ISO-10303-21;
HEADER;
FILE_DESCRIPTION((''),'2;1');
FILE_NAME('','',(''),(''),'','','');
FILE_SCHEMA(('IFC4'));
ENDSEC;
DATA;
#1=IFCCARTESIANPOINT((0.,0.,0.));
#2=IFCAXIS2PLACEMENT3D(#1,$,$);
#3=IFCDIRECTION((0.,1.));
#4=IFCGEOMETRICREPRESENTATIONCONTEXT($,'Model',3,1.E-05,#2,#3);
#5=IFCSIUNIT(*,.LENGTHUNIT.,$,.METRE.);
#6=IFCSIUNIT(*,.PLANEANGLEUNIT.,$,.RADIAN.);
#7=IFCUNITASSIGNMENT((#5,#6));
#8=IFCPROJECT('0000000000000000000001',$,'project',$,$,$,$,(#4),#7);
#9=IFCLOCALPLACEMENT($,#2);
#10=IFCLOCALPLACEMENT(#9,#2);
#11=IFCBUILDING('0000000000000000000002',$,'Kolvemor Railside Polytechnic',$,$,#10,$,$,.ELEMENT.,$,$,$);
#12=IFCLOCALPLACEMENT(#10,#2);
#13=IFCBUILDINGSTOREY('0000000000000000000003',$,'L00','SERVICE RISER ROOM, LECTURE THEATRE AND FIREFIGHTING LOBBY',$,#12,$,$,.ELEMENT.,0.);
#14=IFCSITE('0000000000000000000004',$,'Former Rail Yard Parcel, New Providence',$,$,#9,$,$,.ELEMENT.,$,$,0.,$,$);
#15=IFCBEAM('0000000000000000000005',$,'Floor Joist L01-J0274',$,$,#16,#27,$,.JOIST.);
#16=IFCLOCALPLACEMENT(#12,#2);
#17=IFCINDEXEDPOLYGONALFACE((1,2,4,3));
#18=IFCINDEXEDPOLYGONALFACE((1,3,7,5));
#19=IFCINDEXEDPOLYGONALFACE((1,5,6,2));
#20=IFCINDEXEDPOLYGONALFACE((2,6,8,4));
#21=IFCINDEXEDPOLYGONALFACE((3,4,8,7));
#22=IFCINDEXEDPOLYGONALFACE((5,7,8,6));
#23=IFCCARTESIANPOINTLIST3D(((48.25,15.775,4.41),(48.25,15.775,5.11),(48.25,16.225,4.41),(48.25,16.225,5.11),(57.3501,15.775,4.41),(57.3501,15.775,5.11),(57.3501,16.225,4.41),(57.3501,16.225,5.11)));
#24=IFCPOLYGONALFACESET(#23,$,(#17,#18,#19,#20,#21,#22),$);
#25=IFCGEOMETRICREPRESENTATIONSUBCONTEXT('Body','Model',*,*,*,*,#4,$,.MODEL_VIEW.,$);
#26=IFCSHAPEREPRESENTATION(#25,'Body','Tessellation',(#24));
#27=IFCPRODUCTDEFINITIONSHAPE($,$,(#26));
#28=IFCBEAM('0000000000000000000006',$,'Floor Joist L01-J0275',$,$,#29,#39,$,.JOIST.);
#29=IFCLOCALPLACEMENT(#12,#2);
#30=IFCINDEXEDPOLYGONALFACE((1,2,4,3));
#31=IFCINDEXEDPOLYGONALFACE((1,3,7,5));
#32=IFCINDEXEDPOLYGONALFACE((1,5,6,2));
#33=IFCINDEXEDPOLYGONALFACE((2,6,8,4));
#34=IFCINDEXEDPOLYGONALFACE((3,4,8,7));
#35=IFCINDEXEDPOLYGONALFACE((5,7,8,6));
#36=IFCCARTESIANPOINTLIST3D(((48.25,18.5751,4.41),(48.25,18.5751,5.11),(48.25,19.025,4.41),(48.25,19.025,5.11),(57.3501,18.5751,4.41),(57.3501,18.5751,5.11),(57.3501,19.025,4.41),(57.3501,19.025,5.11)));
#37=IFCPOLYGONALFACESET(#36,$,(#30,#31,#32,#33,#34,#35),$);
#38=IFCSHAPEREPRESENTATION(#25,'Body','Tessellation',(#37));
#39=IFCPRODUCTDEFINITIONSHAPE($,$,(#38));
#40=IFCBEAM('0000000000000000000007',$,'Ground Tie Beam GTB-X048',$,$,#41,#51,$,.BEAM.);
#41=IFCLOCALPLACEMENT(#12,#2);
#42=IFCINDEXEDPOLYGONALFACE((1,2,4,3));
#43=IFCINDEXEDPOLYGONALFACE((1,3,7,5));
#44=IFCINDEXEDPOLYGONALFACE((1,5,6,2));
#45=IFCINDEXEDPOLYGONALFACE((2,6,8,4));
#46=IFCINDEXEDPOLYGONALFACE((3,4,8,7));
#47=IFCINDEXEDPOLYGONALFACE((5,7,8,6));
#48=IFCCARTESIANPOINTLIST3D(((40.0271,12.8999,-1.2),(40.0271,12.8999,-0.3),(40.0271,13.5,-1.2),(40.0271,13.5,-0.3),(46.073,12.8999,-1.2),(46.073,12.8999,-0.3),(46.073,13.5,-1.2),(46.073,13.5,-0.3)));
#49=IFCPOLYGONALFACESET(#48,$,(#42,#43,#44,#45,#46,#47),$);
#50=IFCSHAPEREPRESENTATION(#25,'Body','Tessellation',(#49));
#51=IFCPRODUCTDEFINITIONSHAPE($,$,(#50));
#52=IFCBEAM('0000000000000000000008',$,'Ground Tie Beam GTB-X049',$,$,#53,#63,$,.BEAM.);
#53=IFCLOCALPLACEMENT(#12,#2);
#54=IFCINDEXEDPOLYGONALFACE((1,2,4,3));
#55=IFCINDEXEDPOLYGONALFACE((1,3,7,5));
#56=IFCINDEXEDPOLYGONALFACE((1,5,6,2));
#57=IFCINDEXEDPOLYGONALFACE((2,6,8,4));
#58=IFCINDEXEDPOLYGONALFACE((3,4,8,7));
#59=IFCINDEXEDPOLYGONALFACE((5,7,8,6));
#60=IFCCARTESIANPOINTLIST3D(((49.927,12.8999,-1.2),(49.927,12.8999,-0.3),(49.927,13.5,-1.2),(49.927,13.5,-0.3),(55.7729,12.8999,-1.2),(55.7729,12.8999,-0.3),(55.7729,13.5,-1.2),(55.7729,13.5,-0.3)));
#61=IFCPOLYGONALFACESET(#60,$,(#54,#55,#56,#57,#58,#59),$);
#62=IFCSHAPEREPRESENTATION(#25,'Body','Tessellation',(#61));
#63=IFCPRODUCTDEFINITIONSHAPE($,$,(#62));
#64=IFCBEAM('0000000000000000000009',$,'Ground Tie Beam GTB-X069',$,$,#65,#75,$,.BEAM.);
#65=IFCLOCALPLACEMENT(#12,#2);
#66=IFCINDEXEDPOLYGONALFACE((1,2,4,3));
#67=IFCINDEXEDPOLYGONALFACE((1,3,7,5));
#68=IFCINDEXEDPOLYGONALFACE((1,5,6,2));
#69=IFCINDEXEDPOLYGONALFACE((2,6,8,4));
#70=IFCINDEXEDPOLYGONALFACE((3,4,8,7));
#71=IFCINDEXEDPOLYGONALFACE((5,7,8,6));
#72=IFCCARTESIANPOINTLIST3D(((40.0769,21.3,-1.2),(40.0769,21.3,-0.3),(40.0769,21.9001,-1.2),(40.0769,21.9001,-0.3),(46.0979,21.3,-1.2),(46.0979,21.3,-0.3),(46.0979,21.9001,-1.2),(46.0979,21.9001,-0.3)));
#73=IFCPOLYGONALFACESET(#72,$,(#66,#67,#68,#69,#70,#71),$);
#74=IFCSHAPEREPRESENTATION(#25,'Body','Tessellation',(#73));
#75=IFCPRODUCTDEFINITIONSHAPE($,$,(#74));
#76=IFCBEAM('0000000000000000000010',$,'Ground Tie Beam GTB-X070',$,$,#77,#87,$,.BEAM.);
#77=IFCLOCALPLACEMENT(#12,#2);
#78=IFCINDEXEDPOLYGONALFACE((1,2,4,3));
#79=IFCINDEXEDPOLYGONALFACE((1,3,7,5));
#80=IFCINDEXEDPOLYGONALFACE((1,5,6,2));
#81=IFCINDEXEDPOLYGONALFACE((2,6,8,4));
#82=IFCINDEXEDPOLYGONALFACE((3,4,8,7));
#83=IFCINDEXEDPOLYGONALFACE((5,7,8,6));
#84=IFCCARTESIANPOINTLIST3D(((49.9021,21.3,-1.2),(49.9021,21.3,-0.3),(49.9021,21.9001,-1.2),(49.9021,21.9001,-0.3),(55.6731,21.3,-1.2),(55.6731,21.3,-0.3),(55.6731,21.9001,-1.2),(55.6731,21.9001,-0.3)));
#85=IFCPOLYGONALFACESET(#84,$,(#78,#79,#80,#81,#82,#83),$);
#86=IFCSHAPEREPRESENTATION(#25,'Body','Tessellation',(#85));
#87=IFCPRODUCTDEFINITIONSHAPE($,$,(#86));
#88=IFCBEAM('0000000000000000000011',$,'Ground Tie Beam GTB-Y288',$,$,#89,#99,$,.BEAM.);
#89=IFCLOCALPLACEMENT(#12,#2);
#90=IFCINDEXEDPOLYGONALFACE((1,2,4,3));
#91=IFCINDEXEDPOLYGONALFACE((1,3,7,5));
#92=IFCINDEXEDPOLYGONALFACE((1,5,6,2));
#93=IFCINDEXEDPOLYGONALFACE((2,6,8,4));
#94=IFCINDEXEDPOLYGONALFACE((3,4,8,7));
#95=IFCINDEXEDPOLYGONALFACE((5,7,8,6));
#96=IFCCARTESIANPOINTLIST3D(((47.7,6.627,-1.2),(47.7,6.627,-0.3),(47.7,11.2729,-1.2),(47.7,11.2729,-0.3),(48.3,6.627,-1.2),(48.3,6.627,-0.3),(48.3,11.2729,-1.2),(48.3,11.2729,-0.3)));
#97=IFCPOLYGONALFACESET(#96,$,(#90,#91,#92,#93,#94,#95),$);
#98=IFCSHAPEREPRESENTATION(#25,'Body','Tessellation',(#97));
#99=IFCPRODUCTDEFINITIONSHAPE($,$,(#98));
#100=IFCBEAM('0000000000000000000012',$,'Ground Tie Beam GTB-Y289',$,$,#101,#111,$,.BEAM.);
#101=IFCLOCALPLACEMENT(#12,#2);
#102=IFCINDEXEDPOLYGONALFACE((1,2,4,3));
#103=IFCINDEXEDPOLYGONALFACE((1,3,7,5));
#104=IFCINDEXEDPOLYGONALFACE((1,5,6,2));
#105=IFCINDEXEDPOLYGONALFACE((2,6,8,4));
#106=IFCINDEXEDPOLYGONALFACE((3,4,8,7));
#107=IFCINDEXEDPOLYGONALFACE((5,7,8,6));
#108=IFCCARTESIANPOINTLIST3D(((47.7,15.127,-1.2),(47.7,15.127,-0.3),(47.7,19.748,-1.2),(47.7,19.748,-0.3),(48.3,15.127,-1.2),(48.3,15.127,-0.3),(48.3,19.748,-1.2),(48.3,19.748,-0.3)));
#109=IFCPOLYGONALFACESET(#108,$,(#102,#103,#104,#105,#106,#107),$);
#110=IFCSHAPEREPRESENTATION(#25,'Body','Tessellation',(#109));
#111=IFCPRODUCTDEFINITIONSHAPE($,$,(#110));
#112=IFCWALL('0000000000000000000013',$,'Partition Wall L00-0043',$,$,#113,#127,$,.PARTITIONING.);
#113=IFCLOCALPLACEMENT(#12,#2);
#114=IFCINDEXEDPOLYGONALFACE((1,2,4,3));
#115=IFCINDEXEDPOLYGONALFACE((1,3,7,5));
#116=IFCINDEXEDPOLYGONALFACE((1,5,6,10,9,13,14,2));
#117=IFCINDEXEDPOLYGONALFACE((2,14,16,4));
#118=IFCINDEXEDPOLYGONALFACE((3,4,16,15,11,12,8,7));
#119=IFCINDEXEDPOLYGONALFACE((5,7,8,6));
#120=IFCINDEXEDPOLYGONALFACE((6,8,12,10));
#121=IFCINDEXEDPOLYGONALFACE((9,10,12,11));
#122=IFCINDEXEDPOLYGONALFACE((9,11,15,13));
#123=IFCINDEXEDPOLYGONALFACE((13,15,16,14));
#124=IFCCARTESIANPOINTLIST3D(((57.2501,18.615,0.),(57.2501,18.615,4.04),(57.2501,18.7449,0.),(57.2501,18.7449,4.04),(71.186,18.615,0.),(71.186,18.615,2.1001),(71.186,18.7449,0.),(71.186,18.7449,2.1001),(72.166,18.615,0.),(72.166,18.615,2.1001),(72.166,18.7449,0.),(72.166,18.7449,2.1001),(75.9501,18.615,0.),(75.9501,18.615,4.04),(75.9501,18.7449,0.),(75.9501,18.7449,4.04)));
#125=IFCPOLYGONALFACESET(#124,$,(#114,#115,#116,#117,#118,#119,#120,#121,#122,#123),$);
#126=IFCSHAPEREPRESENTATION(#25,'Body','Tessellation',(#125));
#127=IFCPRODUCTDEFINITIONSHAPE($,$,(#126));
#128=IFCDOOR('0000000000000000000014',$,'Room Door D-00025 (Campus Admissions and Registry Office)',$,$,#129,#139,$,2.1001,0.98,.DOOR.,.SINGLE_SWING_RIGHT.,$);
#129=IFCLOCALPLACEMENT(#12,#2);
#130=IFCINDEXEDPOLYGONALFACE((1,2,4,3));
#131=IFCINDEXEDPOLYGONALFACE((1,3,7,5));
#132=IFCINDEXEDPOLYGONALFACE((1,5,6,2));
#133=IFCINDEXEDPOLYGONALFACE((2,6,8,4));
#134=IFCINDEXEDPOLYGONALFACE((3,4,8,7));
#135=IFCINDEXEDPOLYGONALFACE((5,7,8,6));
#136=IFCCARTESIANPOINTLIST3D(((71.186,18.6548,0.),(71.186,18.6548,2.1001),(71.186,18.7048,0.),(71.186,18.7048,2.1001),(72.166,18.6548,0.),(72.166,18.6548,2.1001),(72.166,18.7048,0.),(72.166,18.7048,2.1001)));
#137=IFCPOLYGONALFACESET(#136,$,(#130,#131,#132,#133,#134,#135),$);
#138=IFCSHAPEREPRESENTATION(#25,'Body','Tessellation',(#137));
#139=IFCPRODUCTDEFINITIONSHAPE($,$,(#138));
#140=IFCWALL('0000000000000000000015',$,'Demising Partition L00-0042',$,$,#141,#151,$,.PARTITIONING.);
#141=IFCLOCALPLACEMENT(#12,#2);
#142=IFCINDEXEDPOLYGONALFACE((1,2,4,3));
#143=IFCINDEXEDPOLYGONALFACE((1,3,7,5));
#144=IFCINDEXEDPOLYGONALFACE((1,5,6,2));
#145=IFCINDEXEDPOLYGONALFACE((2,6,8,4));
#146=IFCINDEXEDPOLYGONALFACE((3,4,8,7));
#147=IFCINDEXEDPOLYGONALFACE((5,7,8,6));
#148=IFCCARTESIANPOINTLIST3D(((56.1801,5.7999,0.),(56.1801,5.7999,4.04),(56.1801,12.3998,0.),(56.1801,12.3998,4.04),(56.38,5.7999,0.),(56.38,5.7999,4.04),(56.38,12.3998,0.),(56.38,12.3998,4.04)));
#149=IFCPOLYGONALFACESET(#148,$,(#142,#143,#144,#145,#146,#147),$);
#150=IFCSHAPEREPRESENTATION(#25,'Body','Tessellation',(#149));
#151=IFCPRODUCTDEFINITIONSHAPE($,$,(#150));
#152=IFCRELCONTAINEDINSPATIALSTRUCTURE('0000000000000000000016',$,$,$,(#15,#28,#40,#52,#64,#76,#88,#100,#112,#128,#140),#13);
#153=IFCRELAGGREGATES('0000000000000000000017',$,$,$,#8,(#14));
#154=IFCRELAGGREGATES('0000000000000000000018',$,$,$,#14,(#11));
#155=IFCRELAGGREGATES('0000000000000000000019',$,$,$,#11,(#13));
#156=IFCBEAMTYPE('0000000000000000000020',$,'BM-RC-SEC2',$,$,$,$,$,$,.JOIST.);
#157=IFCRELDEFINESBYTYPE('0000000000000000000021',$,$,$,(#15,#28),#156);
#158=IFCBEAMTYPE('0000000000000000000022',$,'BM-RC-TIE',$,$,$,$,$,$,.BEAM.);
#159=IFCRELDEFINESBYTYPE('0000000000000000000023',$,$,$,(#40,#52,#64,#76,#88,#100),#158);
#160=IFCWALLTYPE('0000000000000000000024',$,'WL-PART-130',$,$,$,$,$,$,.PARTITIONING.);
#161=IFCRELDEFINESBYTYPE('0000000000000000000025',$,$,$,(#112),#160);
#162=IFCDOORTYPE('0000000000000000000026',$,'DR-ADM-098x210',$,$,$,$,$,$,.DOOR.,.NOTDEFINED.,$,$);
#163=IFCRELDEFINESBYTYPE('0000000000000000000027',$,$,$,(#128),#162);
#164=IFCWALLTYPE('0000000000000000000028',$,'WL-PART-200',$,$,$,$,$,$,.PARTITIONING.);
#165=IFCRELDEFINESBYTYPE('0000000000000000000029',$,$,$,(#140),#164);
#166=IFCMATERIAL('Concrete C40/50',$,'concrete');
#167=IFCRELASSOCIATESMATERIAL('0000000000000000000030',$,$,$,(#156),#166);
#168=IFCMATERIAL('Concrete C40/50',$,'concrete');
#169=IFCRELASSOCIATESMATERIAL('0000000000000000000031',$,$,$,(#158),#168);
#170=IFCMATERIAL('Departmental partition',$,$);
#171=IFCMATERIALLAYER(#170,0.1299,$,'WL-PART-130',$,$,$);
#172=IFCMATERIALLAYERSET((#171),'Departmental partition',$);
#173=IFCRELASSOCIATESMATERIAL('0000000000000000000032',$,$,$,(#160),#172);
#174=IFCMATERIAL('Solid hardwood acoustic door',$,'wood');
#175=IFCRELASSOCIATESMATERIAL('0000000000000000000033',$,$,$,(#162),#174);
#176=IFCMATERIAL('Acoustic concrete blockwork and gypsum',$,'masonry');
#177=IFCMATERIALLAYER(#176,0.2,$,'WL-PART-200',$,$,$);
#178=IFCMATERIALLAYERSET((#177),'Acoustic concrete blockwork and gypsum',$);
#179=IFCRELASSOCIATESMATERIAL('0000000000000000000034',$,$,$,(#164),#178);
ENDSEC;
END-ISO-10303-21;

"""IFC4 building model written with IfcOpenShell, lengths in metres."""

from ifc_helpers import new_model, si_unit, direction, frame, frame_2d, origin, origin_2d, place, context, subcontext, project, spatial, rectangle, extrude, material, layer, layer_set, material_profile, profile_set, type_object, element, fill, save


model = new_model("IFC4")

# Units and contexts
model_context = context("Model", 3, precision=1e-05, world=origin(), true_north=direction((0.0, 1.0)))
body_context = subcontext(model_context, "Body", "Model", "MODEL_VIEW")
ifc_project = project(units=[si_unit("LENGTHUNIT", "METRE"), si_unit("PLANEANGLEUNIT", "RADIAN")], contexts=[model_context])

# Site, building, storey
site_placement = place(None, origin())
site = spatial("IfcSite", under=ifc_project, at=site_placement, Name="Former Rail Yard Parcel, New Providence", CompositionType="ELEMENT", RefElevation=0.0)
building_placement = place(site_placement, origin())
building = spatial("IfcBuilding", under=site, at=building_placement, Name="Kolvemor Railside Polytechnic", CompositionType="ELEMENT")
storey_placement = place(building_placement, origin())
storey = spatial("IfcBuildingStorey", under=building, at=storey_placement, Name="L00", Description="SERVICE RISER ROOM, LECTURE THEATRE AND FIREFIGHTING LOBBY", CompositionType="ELEMENT", Elevation=0.0)

# Beams
ifc_material_1 = material(Name="Concrete C40/50", Category="concrete")
ifc_material_profile_1 = material_profile(ifc_material_1, rectangle(XDim=0.45, YDim=0.7, at=origin_2d()), Name="RC450x700")
ifc_profile_set_1 = profile_set([ifc_material_profile_1], Name="Concrete C40/50")
beam_type_1 = type_object("IfcBeamType", Name="BM-RC-SEC2", PredefinedType="JOIST", material=ifc_profile_set_1)
for number, where, z_axis, x_axis, name in (
    (1, (48.25, 16.0, 4.76), (1.0, 0.0, 0.0), (0.0, 1.0, 0.0), "Floor Joist L01-J0274"),
    (2, (48.25, 18.8, 4.76), (1.0, 0.0, 0.0), (0.0, 1.0, 0.0), "Floor Joist L01-J0275"),
):
    element("IfcBeam", number, at=place(storey_placement, frame(where, z_axis=z_axis, x_axis=x_axis)), inside=storey, type_object=beam_type_1, Name=name, PredefinedType="JOIST", context=body_context, shape_type="SweptSolid", body=[
        extrude(rectangle(XDim=0.45, YDim=0.7, at=origin_2d()), origin(), (0.0, 0.0, 1.0), 9.1001),
    ])
ifc_material_2 = material(Name="Concrete C40/50", Category="concrete")
ifc_material_profile_2 = material_profile(ifc_material_2, rectangle(XDim=0.6001, YDim=0.8999, at=origin_2d()), Name="RC600x900")
ifc_profile_set_2 = profile_set([ifc_material_profile_2], Name="Concrete C40/50")
beam_type_2 = type_object("IfcBeamType", Name="BM-RC-TIE", PredefinedType="BEAM", material=ifc_profile_set_2)
beam_1_placement = place(storey_placement, frame((40.0271, 13.2, -0.75), z_axis=(1.0, 0.0, 0.0), x_axis=(0.0, 1.0, 0.0)))
element("IfcBeam", 3, at=beam_1_placement, inside=storey, type_object=beam_type_2, Name="Ground Tie Beam GTB-X048", PredefinedType="BEAM", context=body_context, shape_type="SweptSolid", body=[
    extrude(rectangle(XDim=0.6001, YDim=0.8999, at=origin_2d()), origin(), (0.0, 0.0, 1.0), 6.0459),
])
beam_2_placement = place(storey_placement, frame((49.927, 13.2, -0.75), z_axis=(1.0, 0.0, 0.0), x_axis=(0.0, 1.0, 0.0)))
element("IfcBeam", 4, at=beam_2_placement, inside=storey, type_object=beam_type_2, Name="Ground Tie Beam GTB-X049", PredefinedType="BEAM", context=body_context, shape_type="SweptSolid", body=[
    extrude(rectangle(XDim=0.6001, YDim=0.8999, at=origin_2d()), origin(), (0.0, 0.0, 1.0), 5.8459),
])
beam_3_placement = place(storey_placement, frame((40.0769, 21.6001, -0.75), z_axis=(1.0, 0.0, 0.0), x_axis=(0.0, 1.0, 0.0)))
element("IfcBeam", 5, at=beam_3_placement, inside=storey, type_object=beam_type_2, Name="Ground Tie Beam GTB-X069", PredefinedType="BEAM", context=body_context, shape_type="SweptSolid", body=[
    extrude(rectangle(XDim=0.6001, YDim=0.8999, at=origin_2d()), origin(), (0.0, 0.0, 1.0), 6.021),
])
beam_4_placement = place(storey_placement, frame((49.9021, 21.6001, -0.75), z_axis=(1.0, 0.0, 0.0), x_axis=(0.0, 1.0, 0.0)))
element("IfcBeam", 6, at=beam_4_placement, inside=storey, type_object=beam_type_2, Name="Ground Tie Beam GTB-X070", PredefinedType="BEAM", context=body_context, shape_type="SweptSolid", body=[
    extrude(rectangle(XDim=0.6001, YDim=0.8999, at=origin_2d()), origin(), (0.0, 0.0, 1.0), 5.771),
])
beam_5_placement = place(storey_placement, frame((48.0, 6.627, -0.75), z_axis=(0.0, 1.0, 0.0), x_axis=(-1.0, 0.0, 0.0)))
element("IfcBeam", 7, at=beam_5_placement, inside=storey, type_object=beam_type_2, Name="Ground Tie Beam GTB-Y288", PredefinedType="BEAM", context=body_context, shape_type="SweptSolid", body=[
    extrude(rectangle(XDim=0.6001, YDim=0.8999, at=origin_2d()), origin(), (0.0, 0.0, 1.0), 4.646),
])
beam_6_placement = place(storey_placement, frame((48.0, 15.127, -0.75), z_axis=(0.0, 1.0, 0.0), x_axis=(-1.0, 0.0, 0.0)))
element("IfcBeam", 8, at=beam_6_placement, inside=storey, type_object=beam_type_2, Name="Ground Tie Beam GTB-Y289", PredefinedType="BEAM", context=body_context, shape_type="SweptSolid", body=[
    extrude(rectangle(XDim=0.6001, YDim=0.8999, at=origin_2d()), origin(), (0.0, 0.0, 1.0), 4.6211),
])

# Wall, opening, door
ifc_material_3 = material(Name="Departmental partition")
ifc_layer_1 = layer(ifc_material_3, 0.1299, Name="WL-PART-130")
ifc_layer_set_1 = layer_set([ifc_layer_1], Name="Departmental partition")
wall_type_1 = type_object("IfcWallType", Name="WL-PART-130", PredefinedType="PARTITIONING", material=ifc_layer_set_1)
wall_1_placement = place(storey_placement, frame((57.25, 18.6799, 0.0), z_axis=(0.0, 0.0, 1.0), x_axis=(1.0, 0.0, 0.0)))
wall_1 = element("IfcWall", 9, at=wall_1_placement, inside=storey, type_object=wall_type_1, Name="Partition Wall L00-0043", PredefinedType="PARTITIONING", context=body_context, shape_type="SweptSolid", body=[
    extrude(rectangle(XDim=18.7, YDim=0.1299, at=frame_2d((9.3501, 0.0))), origin(), (0.0, 0.0, 1.0), 4.04),
])
opening_1_placement = place(wall_1_placement, frame((13.936, 0.0, 0.0)))
opening_1 = element("IfcOpeningElement", 10, at=opening_1_placement, cuts=wall_1, PredefinedType="OPENING", context=body_context, shape_type="SweptSolid", body=[
    extrude(rectangle(XDim=0.98, YDim=2.1001, at=frame_2d((0.49, 1.05))), frame((0.0, 0.075, 0.0), z_axis=(0.0, -1.0, 0.0), x_axis=(1.0, 0.0, 0.0)), (0.0, 0.0, 1.0), 0.1499),
])
ifc_material_4 = material(Name="Solid hardwood acoustic door", Category="wood")
door_type_1 = type_object("IfcDoorType", Name="DR-ADM-098x210", OperationType="NOTDEFINED", PredefinedType="DOOR", material=ifc_material_4)
door_1_placement = place(opening_1_placement, origin())
door_1 = element("IfcDoor", 11, at=door_1_placement, inside=storey, type_object=door_type_1, Name="Room Door D-00025 (Campus Admissions and Registry Office)", OperationType="SINGLE_SWING_RIGHT", OverallHeight=2.1001, OverallWidth=0.98, PredefinedType="DOOR", context=body_context, shape_type="SweptSolid", body=[
    extrude(rectangle(XDim=0.98, YDim=2.1001, at=frame_2d((0.49, 1.05))), frame((0.0, 0.0249, 0.0), z_axis=(0.0, -1.0, 0.0), x_axis=(1.0, 0.0, 0.0)), (0.0, 0.0, 1.0), 0.05),
])
fill(opening_1, door_1)
ifc_material_5 = material(Name="Acoustic concrete blockwork and gypsum", Category="masonry")
ifc_layer_2 = layer(ifc_material_5, 0.2, Name="WL-PART-200")
ifc_layer_set_2 = layer_set([ifc_layer_2], Name="Acoustic concrete blockwork and gypsum")
wall_type_2 = type_object("IfcWallType", Name="WL-PART-200", PredefinedType="PARTITIONING", material=ifc_layer_set_2)

# Wall
wall_2_placement = place(storey_placement, frame((56.28, 5.8, 0.0), z_axis=(0.0, 0.0, 1.0), x_axis=(0.0, 1.0, 0.0)))
element("IfcWall", 12, at=wall_2_placement, inside=storey, type_object=wall_type_2, Name="Demising Partition L00-0042", PredefinedType="PARTITIONING", context=body_context, shape_type="SweptSolid", body=[
    extrude(rectangle(XDim=6.5999, YDim=0.2, at=frame_2d((3.2998, 0.0))), origin(), (0.0, 0.0, 1.0), 4.04),
])

save(model, "model.ifc")
